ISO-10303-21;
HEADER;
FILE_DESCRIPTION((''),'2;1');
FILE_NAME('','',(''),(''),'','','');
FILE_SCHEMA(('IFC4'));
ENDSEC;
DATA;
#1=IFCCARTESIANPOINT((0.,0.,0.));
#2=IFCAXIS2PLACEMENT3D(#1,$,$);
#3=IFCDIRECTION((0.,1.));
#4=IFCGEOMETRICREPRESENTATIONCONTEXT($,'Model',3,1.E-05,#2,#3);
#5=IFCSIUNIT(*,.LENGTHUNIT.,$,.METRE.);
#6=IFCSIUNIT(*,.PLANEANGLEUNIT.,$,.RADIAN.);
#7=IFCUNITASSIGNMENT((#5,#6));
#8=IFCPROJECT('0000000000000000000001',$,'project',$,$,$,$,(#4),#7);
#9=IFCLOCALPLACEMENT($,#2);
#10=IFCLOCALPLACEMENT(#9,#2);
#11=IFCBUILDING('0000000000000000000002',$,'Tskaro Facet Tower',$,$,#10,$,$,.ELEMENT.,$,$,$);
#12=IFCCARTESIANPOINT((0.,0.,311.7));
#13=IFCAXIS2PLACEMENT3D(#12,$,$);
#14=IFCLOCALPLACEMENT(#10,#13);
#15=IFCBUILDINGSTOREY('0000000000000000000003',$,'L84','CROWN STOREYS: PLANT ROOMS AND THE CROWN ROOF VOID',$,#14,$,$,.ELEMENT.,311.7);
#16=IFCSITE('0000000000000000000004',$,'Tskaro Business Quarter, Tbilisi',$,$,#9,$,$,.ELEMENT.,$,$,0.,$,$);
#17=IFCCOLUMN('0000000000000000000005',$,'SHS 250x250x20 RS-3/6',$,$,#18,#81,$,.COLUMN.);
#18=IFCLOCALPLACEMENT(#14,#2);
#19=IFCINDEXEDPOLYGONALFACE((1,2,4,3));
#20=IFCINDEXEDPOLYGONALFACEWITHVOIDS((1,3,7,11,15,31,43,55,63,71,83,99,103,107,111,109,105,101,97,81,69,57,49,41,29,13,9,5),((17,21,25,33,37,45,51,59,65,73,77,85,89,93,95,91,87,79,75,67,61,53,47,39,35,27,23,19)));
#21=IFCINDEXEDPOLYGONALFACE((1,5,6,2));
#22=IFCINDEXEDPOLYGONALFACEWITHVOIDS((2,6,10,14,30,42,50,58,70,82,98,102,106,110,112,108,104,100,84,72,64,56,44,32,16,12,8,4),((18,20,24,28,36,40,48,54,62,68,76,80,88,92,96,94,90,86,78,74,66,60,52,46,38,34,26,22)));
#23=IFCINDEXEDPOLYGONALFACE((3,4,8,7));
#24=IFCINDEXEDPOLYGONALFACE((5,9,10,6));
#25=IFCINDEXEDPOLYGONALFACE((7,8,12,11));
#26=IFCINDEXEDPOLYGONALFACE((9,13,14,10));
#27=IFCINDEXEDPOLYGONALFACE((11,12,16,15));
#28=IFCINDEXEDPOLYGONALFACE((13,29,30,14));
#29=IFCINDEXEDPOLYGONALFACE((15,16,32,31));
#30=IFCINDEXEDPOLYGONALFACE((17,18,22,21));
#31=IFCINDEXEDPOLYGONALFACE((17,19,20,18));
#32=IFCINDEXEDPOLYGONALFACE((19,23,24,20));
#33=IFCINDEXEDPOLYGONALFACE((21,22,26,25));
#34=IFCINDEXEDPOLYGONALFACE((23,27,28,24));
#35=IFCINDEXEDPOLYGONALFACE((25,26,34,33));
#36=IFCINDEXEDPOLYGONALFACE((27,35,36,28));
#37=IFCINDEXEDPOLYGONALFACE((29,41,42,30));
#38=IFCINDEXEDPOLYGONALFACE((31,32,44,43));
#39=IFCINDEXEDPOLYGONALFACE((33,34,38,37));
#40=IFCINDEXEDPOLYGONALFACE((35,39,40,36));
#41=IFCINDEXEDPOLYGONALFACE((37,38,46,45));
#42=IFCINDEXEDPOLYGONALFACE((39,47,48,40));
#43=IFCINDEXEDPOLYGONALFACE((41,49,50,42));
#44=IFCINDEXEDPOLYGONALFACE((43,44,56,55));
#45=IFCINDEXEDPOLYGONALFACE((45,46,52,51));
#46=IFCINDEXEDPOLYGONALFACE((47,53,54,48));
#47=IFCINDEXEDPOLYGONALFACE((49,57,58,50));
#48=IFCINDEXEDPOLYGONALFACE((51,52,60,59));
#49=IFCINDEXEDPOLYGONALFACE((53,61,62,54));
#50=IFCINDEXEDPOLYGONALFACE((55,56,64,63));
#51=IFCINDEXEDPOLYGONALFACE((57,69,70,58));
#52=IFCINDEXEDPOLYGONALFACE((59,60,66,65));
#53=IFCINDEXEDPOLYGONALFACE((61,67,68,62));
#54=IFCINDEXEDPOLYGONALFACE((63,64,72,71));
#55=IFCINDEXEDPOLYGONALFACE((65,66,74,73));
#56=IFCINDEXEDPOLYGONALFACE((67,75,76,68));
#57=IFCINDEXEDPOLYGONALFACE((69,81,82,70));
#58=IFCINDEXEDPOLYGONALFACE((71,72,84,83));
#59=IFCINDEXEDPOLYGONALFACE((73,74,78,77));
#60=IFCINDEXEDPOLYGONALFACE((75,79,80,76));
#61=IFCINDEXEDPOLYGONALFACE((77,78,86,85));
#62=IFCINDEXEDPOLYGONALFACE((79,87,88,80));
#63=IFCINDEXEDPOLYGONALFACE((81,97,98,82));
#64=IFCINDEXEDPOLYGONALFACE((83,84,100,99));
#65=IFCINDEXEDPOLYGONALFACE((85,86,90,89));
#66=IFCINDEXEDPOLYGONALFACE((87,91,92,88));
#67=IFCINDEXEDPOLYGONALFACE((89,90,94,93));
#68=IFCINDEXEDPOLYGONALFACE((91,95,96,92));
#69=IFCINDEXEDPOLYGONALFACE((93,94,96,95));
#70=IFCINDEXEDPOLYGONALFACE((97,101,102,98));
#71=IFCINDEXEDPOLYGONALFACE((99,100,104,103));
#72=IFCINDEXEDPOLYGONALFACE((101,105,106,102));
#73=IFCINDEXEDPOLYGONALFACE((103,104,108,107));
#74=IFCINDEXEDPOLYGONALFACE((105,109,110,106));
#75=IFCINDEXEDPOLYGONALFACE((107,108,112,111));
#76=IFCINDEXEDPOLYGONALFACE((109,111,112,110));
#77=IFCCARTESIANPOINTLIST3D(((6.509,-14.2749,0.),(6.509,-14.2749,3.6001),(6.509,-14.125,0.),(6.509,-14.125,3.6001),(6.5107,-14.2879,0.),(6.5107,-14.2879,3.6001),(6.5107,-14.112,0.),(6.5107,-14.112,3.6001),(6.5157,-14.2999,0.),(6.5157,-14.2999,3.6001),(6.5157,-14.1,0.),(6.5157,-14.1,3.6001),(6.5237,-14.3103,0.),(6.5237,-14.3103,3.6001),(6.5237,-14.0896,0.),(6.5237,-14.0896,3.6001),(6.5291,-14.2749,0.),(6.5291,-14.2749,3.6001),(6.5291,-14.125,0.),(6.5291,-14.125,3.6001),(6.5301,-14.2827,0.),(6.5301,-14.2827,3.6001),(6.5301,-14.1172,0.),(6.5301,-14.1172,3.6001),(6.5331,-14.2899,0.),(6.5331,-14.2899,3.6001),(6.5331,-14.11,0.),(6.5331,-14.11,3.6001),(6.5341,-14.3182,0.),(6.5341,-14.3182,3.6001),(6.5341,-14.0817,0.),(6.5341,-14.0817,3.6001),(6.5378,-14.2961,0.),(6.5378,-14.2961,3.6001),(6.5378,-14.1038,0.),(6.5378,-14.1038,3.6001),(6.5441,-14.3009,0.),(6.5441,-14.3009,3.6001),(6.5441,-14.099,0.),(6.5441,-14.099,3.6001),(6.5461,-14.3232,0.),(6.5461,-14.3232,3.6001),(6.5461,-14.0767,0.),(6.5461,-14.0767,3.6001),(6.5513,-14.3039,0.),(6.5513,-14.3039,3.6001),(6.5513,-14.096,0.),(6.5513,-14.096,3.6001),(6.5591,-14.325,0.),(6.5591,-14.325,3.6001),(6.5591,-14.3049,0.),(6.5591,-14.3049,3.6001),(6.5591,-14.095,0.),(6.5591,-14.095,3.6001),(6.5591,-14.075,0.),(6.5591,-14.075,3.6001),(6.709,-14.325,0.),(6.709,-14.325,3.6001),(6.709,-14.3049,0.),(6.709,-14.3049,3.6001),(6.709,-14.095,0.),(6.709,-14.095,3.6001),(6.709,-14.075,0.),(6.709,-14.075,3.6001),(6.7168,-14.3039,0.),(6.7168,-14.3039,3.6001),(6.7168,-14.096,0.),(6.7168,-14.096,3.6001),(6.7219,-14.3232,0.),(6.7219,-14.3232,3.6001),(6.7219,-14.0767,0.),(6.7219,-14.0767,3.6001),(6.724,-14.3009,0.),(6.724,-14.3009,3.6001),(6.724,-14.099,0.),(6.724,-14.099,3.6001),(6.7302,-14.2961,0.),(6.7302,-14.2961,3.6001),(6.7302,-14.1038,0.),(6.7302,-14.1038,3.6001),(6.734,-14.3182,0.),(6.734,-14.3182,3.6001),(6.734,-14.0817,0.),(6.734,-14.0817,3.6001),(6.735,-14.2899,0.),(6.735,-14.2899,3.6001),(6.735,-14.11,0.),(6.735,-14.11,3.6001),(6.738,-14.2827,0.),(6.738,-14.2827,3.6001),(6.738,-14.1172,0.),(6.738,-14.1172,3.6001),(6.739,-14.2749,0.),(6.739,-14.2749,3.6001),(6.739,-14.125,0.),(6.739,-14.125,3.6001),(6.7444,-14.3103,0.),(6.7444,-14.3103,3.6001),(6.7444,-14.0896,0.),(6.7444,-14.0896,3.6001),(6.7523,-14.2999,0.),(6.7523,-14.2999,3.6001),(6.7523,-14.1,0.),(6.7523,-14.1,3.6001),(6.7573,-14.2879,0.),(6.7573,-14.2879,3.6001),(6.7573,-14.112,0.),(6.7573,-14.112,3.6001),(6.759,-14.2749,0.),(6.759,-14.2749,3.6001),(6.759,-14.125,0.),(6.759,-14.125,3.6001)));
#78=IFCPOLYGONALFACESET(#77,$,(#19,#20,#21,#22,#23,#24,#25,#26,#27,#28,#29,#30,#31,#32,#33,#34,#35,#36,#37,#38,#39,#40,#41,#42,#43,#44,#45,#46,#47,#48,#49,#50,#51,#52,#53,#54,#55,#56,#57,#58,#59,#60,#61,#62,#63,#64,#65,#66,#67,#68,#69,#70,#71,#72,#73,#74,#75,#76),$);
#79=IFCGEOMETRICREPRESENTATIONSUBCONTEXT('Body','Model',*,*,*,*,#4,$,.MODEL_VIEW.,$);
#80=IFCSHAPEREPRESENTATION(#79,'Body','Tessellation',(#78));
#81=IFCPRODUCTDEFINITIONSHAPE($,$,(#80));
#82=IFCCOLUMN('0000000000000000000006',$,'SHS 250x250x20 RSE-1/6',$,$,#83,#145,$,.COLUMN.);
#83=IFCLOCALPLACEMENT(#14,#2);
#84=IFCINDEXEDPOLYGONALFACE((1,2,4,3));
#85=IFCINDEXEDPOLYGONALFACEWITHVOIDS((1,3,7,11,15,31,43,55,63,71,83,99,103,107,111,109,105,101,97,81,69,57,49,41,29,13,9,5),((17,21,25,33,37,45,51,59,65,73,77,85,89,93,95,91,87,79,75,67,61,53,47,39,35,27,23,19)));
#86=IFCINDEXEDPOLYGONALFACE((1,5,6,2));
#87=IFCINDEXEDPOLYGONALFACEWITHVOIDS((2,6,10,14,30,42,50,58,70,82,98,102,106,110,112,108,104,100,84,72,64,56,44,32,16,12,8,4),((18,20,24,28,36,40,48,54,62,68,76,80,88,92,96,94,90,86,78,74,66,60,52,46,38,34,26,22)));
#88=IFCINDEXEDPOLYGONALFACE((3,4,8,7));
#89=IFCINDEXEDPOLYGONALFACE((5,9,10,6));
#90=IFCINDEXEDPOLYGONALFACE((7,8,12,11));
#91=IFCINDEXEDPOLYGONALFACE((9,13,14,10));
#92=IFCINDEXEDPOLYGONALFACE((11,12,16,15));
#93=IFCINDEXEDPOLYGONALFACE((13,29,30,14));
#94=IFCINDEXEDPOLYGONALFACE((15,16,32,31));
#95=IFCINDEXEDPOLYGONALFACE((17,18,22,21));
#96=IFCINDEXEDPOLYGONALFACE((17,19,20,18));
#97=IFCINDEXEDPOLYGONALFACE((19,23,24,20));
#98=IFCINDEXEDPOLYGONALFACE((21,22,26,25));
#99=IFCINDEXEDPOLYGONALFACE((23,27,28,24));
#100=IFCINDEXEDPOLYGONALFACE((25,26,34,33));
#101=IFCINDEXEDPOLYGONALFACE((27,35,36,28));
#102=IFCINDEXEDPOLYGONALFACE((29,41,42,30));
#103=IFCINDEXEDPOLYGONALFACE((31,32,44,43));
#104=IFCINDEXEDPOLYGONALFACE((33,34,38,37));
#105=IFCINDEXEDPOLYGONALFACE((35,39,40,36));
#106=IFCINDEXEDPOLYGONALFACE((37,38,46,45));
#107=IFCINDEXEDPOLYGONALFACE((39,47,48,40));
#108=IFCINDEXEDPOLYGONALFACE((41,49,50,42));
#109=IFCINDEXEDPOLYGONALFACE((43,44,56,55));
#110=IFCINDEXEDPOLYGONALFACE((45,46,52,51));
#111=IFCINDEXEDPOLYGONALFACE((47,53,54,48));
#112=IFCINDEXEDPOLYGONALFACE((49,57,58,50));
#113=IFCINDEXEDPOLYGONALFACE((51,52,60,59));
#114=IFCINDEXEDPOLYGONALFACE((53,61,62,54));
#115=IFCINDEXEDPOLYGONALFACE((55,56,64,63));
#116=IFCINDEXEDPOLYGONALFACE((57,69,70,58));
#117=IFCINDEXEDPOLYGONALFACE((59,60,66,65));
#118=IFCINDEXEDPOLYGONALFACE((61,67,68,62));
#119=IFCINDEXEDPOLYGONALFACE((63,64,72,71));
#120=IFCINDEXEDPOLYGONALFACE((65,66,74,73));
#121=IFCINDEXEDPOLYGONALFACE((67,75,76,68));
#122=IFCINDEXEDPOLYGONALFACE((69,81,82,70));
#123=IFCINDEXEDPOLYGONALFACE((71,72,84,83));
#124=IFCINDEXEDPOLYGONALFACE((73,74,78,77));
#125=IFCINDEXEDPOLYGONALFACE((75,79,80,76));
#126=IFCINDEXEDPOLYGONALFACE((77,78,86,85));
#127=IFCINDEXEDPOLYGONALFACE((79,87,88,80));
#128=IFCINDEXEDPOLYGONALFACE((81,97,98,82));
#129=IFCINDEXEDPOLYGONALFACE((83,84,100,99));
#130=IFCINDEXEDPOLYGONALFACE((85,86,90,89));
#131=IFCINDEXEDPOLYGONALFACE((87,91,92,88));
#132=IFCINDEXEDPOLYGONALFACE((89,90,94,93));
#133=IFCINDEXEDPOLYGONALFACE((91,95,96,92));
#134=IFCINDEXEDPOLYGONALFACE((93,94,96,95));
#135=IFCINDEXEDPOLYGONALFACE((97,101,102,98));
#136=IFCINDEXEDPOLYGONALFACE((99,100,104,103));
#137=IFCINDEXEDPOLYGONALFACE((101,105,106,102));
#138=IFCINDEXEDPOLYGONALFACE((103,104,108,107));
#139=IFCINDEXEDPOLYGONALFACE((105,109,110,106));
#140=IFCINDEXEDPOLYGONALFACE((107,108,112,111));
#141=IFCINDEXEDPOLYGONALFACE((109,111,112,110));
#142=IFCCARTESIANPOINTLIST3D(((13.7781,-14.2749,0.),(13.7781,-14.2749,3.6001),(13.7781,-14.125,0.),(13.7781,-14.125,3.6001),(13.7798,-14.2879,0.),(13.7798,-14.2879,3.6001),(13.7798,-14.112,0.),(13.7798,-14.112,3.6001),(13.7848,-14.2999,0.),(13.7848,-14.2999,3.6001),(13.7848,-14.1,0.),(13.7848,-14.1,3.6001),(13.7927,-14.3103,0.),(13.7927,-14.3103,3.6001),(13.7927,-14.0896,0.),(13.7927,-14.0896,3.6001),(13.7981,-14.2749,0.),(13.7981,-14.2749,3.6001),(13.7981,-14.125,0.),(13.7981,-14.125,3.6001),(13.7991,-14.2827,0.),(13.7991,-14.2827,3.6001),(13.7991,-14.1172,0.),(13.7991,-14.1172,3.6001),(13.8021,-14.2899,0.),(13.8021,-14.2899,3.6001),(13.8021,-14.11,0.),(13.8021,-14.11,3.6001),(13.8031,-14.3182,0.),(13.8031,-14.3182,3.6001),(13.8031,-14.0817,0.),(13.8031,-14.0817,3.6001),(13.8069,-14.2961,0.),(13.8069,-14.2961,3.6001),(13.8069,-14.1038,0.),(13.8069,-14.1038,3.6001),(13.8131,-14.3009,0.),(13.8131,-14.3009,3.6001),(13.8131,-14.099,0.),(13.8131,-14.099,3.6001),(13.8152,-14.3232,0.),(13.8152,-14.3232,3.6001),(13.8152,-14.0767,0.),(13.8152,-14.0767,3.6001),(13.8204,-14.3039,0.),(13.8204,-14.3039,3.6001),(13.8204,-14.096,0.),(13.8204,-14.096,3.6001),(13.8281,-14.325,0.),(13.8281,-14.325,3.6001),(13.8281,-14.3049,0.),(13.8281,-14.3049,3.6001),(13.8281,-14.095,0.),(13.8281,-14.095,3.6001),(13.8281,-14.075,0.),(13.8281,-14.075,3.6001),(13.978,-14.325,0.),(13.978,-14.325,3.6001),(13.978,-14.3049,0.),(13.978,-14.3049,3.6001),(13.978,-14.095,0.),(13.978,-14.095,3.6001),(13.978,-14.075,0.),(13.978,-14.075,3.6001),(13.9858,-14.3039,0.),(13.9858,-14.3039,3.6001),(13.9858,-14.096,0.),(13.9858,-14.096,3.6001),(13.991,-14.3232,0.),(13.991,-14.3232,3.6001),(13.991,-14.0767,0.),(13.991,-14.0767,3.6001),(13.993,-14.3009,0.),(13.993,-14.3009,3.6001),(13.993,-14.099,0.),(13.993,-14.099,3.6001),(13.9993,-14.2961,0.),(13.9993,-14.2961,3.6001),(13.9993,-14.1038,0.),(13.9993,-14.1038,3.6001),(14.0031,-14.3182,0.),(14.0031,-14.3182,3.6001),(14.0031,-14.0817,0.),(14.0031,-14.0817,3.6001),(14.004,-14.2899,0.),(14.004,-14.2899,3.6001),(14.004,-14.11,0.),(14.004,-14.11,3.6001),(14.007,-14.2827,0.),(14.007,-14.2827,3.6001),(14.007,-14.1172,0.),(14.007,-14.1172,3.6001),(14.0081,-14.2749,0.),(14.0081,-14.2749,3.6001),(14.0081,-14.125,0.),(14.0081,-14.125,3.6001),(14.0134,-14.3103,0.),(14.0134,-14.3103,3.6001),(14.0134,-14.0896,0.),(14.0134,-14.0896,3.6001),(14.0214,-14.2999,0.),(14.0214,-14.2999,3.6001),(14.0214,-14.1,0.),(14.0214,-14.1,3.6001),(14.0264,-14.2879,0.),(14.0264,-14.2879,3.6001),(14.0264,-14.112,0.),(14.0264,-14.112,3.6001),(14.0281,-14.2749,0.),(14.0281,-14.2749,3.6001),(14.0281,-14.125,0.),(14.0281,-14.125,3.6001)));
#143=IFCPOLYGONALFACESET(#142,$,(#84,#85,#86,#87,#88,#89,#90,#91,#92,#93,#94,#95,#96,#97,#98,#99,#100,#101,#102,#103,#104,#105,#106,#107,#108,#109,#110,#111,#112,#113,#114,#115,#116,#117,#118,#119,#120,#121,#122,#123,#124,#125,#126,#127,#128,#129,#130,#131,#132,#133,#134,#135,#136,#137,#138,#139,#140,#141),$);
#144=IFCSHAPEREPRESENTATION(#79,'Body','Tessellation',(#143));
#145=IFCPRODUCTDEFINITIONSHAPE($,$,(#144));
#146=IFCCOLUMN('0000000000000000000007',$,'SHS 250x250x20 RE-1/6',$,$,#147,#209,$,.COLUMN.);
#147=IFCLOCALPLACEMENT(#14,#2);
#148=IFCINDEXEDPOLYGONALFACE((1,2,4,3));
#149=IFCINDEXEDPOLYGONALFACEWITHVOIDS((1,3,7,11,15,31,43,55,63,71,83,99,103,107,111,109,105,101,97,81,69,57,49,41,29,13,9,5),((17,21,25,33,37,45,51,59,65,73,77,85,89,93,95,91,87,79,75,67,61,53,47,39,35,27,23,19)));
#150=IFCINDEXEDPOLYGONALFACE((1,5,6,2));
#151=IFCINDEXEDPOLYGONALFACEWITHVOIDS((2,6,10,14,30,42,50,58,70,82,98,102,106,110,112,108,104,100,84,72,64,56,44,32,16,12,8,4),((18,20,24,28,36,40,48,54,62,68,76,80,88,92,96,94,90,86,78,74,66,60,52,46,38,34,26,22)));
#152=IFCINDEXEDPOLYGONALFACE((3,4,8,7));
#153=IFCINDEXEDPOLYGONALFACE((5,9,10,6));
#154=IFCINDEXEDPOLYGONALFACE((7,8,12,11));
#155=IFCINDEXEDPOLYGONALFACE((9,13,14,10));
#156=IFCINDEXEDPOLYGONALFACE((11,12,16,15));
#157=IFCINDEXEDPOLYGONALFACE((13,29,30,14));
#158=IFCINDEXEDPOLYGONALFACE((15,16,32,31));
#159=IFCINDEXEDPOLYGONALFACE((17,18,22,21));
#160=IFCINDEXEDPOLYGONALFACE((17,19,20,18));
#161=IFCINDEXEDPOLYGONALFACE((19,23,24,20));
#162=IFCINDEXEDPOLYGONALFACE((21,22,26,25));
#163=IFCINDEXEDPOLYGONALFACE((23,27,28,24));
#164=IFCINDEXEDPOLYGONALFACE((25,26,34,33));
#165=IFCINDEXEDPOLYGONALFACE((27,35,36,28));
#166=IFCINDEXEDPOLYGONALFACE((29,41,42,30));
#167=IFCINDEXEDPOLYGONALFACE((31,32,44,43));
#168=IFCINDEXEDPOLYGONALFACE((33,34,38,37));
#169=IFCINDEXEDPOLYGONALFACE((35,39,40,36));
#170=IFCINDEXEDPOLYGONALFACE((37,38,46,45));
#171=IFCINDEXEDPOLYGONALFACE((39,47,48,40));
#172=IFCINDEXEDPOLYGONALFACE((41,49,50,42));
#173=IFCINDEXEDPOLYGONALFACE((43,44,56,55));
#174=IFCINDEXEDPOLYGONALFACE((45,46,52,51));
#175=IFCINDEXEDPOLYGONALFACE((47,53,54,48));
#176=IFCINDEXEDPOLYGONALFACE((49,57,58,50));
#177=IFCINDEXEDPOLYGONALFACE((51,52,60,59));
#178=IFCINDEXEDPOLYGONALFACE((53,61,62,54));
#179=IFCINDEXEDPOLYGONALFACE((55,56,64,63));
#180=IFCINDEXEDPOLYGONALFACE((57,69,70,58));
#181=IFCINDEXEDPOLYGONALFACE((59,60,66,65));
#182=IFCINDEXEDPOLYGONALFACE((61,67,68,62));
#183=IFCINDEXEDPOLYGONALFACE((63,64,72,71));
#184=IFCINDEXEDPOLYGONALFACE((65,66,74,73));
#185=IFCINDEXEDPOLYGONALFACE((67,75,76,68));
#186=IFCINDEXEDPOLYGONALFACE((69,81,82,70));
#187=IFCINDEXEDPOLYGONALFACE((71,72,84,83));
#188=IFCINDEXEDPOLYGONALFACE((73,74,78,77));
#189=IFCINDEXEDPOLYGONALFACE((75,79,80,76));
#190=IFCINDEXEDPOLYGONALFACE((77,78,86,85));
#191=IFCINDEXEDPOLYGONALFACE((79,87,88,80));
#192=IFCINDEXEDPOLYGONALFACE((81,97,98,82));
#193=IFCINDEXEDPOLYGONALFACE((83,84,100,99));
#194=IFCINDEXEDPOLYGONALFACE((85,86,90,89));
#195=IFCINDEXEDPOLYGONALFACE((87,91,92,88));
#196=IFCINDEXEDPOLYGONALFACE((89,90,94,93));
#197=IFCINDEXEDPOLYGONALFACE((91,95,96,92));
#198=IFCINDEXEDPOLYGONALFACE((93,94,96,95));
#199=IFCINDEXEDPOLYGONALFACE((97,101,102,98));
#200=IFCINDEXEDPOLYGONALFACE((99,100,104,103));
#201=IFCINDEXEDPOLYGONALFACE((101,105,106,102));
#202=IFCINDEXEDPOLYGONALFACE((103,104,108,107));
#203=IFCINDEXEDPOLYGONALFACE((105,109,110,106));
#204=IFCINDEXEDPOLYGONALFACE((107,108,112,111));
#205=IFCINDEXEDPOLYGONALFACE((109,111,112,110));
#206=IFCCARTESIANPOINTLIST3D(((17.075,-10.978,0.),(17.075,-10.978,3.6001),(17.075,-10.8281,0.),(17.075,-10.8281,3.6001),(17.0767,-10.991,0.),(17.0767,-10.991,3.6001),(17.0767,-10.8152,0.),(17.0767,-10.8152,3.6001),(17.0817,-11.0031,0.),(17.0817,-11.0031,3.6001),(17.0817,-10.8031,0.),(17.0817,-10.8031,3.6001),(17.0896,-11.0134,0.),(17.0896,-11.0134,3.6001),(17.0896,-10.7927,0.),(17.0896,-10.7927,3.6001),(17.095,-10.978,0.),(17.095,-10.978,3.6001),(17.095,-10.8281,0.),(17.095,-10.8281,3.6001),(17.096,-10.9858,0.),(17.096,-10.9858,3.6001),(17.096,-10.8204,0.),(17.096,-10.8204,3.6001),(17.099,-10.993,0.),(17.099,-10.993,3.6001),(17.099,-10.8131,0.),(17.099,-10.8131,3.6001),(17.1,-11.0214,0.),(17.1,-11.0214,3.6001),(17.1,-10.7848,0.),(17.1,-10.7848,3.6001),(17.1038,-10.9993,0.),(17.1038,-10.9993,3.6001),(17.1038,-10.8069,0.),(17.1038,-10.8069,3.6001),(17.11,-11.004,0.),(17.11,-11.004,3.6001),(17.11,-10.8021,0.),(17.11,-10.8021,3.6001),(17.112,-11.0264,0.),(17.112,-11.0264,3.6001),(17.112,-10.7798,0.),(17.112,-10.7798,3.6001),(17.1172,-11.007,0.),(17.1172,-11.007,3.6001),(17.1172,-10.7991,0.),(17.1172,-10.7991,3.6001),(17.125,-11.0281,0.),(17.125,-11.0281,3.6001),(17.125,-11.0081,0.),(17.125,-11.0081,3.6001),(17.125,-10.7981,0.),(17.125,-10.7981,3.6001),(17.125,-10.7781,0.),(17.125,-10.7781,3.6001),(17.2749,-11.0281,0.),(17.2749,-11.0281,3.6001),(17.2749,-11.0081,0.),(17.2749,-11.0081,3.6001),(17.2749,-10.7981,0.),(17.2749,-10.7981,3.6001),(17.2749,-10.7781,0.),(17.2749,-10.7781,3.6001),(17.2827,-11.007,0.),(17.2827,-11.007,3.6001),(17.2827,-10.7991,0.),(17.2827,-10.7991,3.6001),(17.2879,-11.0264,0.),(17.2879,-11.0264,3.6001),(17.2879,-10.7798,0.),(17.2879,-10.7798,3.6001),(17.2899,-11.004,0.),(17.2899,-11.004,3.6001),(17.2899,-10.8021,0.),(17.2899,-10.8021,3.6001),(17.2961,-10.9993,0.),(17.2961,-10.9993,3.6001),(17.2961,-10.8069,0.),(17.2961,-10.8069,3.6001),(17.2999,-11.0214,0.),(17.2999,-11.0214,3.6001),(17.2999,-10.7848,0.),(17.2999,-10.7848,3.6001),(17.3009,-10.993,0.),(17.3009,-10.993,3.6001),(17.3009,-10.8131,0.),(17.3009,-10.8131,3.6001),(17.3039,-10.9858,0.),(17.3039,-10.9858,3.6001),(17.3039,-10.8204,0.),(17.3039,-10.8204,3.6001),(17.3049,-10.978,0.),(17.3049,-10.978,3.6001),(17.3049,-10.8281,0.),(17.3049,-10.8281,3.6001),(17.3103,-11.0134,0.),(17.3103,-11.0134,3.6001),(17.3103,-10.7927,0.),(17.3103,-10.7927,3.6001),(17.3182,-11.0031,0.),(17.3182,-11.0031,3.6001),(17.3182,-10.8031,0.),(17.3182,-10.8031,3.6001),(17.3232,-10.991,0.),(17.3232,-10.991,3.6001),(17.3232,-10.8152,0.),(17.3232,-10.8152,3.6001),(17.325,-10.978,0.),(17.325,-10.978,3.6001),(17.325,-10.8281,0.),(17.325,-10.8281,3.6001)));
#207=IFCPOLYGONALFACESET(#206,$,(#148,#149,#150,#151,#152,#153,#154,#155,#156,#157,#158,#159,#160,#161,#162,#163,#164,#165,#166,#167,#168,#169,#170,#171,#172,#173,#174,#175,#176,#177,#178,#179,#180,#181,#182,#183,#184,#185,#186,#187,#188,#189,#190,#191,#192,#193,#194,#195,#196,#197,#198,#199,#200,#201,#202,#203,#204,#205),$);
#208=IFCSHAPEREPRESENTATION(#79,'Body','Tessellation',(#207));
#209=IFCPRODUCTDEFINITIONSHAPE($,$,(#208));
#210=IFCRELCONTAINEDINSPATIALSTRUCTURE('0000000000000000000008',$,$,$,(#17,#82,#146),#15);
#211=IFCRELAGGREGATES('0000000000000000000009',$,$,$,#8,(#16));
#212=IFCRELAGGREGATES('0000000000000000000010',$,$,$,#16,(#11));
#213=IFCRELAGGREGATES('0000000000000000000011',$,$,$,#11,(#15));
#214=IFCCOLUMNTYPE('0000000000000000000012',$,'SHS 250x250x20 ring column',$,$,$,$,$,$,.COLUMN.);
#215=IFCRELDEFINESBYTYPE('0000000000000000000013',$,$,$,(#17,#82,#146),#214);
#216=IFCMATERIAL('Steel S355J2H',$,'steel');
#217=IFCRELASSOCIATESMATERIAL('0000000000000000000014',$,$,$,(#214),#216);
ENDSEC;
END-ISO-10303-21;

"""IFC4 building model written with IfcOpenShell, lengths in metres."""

from ifc_helpers import new_model, si_unit, direction, frame, origin, origin_2d, place, context, subcontext, project, spatial, hollow_rectangle, extrude, material, material_profile, profile_set, type_object, element, save


model = new_model("IFC4")

# Units and contexts
model_context = context("Model", 3, precision=1e-05, world=origin(), true_north=direction((0.0, 1.0)))
body_context = subcontext(model_context, "Body", "Model", "MODEL_VIEW")
ifc_project = project(units=[si_unit("LENGTHUNIT", "METRE"), si_unit("PLANEANGLEUNIT", "RADIAN")], contexts=[model_context])

# Site, building, storey
site_placement = place(None, origin())
site = spatial("IfcSite", under=ifc_project, at=site_placement, Name="Tskaro Business Quarter, Tbilisi", CompositionType="ELEMENT", RefElevation=0.0)
building_placement = place(site_placement, origin())
building = spatial("IfcBuilding", under=site, at=building_placement, Name="Tskaro Facet Tower", CompositionType="ELEMENT")
storey_placement = place(building_placement, frame((0.0, 0.0, 311.7)))
storey = spatial("IfcBuildingStorey", under=building, at=storey_placement, Name="L84", Description="CROWN STOREYS: PLANT ROOMS AND THE CROWN ROOF VOID", CompositionType="ELEMENT", Elevation=311.7)

# Columns
ifc_material_1 = material(Name="Steel S355J2H", Category="steel")
ifc_material_profile_1 = material_profile(ifc_material_1, hollow_rectangle(XDim=0.25, YDim=0.25, WallThickness=0.02, InnerFilletRadius=0.03, OuterFilletRadius=0.05, at=origin_2d()), Name="SHS 250x250x20")
ifc_profile_set_1 = profile_set([ifc_material_profile_1], Name="Steel S355J2H")
column_type = type_object("IfcColumnType", Name="SHS 250x250x20 ring column", PredefinedType="COLUMN", material=ifc_profile_set_1)
for number, where, z_axis, x_axis, name in (
    (1, (6.634, -14.2, 0.0), (0.0, 0.0, 1.0), (1.0, 0.0, 0.0), "SHS 250x250x20 RS-3/6"),
    (2, (13.9031, -14.2, 0.0), (0.0, 0.0, 1.0), (1.0, 0.0, 0.0), "SHS 250x250x20 RSE-1/6"),
    (3, (17.2, -10.9031, 0.0), (0.0, 0.0, 1.0), (1.0, 0.0, 0.0), "SHS 250x250x20 RE-1/6"),
):
    element("IfcColumn", number, at=place(storey_placement, frame(where, z_axis=z_axis, x_axis=x_axis)), inside=storey, type_object=column_type, Name=name, PredefinedType="COLUMN", context=body_context, shape_type="SweptSolid", body=[
        extrude(hollow_rectangle(XDim=0.25, YDim=0.25, WallThickness=0.02, InnerFilletRadius=0.03, OuterFilletRadius=0.05, at=origin_2d()), origin(), (0.0, 0.0, 1.0), 3.6001),
    ])

save(model, "model.ifc")
